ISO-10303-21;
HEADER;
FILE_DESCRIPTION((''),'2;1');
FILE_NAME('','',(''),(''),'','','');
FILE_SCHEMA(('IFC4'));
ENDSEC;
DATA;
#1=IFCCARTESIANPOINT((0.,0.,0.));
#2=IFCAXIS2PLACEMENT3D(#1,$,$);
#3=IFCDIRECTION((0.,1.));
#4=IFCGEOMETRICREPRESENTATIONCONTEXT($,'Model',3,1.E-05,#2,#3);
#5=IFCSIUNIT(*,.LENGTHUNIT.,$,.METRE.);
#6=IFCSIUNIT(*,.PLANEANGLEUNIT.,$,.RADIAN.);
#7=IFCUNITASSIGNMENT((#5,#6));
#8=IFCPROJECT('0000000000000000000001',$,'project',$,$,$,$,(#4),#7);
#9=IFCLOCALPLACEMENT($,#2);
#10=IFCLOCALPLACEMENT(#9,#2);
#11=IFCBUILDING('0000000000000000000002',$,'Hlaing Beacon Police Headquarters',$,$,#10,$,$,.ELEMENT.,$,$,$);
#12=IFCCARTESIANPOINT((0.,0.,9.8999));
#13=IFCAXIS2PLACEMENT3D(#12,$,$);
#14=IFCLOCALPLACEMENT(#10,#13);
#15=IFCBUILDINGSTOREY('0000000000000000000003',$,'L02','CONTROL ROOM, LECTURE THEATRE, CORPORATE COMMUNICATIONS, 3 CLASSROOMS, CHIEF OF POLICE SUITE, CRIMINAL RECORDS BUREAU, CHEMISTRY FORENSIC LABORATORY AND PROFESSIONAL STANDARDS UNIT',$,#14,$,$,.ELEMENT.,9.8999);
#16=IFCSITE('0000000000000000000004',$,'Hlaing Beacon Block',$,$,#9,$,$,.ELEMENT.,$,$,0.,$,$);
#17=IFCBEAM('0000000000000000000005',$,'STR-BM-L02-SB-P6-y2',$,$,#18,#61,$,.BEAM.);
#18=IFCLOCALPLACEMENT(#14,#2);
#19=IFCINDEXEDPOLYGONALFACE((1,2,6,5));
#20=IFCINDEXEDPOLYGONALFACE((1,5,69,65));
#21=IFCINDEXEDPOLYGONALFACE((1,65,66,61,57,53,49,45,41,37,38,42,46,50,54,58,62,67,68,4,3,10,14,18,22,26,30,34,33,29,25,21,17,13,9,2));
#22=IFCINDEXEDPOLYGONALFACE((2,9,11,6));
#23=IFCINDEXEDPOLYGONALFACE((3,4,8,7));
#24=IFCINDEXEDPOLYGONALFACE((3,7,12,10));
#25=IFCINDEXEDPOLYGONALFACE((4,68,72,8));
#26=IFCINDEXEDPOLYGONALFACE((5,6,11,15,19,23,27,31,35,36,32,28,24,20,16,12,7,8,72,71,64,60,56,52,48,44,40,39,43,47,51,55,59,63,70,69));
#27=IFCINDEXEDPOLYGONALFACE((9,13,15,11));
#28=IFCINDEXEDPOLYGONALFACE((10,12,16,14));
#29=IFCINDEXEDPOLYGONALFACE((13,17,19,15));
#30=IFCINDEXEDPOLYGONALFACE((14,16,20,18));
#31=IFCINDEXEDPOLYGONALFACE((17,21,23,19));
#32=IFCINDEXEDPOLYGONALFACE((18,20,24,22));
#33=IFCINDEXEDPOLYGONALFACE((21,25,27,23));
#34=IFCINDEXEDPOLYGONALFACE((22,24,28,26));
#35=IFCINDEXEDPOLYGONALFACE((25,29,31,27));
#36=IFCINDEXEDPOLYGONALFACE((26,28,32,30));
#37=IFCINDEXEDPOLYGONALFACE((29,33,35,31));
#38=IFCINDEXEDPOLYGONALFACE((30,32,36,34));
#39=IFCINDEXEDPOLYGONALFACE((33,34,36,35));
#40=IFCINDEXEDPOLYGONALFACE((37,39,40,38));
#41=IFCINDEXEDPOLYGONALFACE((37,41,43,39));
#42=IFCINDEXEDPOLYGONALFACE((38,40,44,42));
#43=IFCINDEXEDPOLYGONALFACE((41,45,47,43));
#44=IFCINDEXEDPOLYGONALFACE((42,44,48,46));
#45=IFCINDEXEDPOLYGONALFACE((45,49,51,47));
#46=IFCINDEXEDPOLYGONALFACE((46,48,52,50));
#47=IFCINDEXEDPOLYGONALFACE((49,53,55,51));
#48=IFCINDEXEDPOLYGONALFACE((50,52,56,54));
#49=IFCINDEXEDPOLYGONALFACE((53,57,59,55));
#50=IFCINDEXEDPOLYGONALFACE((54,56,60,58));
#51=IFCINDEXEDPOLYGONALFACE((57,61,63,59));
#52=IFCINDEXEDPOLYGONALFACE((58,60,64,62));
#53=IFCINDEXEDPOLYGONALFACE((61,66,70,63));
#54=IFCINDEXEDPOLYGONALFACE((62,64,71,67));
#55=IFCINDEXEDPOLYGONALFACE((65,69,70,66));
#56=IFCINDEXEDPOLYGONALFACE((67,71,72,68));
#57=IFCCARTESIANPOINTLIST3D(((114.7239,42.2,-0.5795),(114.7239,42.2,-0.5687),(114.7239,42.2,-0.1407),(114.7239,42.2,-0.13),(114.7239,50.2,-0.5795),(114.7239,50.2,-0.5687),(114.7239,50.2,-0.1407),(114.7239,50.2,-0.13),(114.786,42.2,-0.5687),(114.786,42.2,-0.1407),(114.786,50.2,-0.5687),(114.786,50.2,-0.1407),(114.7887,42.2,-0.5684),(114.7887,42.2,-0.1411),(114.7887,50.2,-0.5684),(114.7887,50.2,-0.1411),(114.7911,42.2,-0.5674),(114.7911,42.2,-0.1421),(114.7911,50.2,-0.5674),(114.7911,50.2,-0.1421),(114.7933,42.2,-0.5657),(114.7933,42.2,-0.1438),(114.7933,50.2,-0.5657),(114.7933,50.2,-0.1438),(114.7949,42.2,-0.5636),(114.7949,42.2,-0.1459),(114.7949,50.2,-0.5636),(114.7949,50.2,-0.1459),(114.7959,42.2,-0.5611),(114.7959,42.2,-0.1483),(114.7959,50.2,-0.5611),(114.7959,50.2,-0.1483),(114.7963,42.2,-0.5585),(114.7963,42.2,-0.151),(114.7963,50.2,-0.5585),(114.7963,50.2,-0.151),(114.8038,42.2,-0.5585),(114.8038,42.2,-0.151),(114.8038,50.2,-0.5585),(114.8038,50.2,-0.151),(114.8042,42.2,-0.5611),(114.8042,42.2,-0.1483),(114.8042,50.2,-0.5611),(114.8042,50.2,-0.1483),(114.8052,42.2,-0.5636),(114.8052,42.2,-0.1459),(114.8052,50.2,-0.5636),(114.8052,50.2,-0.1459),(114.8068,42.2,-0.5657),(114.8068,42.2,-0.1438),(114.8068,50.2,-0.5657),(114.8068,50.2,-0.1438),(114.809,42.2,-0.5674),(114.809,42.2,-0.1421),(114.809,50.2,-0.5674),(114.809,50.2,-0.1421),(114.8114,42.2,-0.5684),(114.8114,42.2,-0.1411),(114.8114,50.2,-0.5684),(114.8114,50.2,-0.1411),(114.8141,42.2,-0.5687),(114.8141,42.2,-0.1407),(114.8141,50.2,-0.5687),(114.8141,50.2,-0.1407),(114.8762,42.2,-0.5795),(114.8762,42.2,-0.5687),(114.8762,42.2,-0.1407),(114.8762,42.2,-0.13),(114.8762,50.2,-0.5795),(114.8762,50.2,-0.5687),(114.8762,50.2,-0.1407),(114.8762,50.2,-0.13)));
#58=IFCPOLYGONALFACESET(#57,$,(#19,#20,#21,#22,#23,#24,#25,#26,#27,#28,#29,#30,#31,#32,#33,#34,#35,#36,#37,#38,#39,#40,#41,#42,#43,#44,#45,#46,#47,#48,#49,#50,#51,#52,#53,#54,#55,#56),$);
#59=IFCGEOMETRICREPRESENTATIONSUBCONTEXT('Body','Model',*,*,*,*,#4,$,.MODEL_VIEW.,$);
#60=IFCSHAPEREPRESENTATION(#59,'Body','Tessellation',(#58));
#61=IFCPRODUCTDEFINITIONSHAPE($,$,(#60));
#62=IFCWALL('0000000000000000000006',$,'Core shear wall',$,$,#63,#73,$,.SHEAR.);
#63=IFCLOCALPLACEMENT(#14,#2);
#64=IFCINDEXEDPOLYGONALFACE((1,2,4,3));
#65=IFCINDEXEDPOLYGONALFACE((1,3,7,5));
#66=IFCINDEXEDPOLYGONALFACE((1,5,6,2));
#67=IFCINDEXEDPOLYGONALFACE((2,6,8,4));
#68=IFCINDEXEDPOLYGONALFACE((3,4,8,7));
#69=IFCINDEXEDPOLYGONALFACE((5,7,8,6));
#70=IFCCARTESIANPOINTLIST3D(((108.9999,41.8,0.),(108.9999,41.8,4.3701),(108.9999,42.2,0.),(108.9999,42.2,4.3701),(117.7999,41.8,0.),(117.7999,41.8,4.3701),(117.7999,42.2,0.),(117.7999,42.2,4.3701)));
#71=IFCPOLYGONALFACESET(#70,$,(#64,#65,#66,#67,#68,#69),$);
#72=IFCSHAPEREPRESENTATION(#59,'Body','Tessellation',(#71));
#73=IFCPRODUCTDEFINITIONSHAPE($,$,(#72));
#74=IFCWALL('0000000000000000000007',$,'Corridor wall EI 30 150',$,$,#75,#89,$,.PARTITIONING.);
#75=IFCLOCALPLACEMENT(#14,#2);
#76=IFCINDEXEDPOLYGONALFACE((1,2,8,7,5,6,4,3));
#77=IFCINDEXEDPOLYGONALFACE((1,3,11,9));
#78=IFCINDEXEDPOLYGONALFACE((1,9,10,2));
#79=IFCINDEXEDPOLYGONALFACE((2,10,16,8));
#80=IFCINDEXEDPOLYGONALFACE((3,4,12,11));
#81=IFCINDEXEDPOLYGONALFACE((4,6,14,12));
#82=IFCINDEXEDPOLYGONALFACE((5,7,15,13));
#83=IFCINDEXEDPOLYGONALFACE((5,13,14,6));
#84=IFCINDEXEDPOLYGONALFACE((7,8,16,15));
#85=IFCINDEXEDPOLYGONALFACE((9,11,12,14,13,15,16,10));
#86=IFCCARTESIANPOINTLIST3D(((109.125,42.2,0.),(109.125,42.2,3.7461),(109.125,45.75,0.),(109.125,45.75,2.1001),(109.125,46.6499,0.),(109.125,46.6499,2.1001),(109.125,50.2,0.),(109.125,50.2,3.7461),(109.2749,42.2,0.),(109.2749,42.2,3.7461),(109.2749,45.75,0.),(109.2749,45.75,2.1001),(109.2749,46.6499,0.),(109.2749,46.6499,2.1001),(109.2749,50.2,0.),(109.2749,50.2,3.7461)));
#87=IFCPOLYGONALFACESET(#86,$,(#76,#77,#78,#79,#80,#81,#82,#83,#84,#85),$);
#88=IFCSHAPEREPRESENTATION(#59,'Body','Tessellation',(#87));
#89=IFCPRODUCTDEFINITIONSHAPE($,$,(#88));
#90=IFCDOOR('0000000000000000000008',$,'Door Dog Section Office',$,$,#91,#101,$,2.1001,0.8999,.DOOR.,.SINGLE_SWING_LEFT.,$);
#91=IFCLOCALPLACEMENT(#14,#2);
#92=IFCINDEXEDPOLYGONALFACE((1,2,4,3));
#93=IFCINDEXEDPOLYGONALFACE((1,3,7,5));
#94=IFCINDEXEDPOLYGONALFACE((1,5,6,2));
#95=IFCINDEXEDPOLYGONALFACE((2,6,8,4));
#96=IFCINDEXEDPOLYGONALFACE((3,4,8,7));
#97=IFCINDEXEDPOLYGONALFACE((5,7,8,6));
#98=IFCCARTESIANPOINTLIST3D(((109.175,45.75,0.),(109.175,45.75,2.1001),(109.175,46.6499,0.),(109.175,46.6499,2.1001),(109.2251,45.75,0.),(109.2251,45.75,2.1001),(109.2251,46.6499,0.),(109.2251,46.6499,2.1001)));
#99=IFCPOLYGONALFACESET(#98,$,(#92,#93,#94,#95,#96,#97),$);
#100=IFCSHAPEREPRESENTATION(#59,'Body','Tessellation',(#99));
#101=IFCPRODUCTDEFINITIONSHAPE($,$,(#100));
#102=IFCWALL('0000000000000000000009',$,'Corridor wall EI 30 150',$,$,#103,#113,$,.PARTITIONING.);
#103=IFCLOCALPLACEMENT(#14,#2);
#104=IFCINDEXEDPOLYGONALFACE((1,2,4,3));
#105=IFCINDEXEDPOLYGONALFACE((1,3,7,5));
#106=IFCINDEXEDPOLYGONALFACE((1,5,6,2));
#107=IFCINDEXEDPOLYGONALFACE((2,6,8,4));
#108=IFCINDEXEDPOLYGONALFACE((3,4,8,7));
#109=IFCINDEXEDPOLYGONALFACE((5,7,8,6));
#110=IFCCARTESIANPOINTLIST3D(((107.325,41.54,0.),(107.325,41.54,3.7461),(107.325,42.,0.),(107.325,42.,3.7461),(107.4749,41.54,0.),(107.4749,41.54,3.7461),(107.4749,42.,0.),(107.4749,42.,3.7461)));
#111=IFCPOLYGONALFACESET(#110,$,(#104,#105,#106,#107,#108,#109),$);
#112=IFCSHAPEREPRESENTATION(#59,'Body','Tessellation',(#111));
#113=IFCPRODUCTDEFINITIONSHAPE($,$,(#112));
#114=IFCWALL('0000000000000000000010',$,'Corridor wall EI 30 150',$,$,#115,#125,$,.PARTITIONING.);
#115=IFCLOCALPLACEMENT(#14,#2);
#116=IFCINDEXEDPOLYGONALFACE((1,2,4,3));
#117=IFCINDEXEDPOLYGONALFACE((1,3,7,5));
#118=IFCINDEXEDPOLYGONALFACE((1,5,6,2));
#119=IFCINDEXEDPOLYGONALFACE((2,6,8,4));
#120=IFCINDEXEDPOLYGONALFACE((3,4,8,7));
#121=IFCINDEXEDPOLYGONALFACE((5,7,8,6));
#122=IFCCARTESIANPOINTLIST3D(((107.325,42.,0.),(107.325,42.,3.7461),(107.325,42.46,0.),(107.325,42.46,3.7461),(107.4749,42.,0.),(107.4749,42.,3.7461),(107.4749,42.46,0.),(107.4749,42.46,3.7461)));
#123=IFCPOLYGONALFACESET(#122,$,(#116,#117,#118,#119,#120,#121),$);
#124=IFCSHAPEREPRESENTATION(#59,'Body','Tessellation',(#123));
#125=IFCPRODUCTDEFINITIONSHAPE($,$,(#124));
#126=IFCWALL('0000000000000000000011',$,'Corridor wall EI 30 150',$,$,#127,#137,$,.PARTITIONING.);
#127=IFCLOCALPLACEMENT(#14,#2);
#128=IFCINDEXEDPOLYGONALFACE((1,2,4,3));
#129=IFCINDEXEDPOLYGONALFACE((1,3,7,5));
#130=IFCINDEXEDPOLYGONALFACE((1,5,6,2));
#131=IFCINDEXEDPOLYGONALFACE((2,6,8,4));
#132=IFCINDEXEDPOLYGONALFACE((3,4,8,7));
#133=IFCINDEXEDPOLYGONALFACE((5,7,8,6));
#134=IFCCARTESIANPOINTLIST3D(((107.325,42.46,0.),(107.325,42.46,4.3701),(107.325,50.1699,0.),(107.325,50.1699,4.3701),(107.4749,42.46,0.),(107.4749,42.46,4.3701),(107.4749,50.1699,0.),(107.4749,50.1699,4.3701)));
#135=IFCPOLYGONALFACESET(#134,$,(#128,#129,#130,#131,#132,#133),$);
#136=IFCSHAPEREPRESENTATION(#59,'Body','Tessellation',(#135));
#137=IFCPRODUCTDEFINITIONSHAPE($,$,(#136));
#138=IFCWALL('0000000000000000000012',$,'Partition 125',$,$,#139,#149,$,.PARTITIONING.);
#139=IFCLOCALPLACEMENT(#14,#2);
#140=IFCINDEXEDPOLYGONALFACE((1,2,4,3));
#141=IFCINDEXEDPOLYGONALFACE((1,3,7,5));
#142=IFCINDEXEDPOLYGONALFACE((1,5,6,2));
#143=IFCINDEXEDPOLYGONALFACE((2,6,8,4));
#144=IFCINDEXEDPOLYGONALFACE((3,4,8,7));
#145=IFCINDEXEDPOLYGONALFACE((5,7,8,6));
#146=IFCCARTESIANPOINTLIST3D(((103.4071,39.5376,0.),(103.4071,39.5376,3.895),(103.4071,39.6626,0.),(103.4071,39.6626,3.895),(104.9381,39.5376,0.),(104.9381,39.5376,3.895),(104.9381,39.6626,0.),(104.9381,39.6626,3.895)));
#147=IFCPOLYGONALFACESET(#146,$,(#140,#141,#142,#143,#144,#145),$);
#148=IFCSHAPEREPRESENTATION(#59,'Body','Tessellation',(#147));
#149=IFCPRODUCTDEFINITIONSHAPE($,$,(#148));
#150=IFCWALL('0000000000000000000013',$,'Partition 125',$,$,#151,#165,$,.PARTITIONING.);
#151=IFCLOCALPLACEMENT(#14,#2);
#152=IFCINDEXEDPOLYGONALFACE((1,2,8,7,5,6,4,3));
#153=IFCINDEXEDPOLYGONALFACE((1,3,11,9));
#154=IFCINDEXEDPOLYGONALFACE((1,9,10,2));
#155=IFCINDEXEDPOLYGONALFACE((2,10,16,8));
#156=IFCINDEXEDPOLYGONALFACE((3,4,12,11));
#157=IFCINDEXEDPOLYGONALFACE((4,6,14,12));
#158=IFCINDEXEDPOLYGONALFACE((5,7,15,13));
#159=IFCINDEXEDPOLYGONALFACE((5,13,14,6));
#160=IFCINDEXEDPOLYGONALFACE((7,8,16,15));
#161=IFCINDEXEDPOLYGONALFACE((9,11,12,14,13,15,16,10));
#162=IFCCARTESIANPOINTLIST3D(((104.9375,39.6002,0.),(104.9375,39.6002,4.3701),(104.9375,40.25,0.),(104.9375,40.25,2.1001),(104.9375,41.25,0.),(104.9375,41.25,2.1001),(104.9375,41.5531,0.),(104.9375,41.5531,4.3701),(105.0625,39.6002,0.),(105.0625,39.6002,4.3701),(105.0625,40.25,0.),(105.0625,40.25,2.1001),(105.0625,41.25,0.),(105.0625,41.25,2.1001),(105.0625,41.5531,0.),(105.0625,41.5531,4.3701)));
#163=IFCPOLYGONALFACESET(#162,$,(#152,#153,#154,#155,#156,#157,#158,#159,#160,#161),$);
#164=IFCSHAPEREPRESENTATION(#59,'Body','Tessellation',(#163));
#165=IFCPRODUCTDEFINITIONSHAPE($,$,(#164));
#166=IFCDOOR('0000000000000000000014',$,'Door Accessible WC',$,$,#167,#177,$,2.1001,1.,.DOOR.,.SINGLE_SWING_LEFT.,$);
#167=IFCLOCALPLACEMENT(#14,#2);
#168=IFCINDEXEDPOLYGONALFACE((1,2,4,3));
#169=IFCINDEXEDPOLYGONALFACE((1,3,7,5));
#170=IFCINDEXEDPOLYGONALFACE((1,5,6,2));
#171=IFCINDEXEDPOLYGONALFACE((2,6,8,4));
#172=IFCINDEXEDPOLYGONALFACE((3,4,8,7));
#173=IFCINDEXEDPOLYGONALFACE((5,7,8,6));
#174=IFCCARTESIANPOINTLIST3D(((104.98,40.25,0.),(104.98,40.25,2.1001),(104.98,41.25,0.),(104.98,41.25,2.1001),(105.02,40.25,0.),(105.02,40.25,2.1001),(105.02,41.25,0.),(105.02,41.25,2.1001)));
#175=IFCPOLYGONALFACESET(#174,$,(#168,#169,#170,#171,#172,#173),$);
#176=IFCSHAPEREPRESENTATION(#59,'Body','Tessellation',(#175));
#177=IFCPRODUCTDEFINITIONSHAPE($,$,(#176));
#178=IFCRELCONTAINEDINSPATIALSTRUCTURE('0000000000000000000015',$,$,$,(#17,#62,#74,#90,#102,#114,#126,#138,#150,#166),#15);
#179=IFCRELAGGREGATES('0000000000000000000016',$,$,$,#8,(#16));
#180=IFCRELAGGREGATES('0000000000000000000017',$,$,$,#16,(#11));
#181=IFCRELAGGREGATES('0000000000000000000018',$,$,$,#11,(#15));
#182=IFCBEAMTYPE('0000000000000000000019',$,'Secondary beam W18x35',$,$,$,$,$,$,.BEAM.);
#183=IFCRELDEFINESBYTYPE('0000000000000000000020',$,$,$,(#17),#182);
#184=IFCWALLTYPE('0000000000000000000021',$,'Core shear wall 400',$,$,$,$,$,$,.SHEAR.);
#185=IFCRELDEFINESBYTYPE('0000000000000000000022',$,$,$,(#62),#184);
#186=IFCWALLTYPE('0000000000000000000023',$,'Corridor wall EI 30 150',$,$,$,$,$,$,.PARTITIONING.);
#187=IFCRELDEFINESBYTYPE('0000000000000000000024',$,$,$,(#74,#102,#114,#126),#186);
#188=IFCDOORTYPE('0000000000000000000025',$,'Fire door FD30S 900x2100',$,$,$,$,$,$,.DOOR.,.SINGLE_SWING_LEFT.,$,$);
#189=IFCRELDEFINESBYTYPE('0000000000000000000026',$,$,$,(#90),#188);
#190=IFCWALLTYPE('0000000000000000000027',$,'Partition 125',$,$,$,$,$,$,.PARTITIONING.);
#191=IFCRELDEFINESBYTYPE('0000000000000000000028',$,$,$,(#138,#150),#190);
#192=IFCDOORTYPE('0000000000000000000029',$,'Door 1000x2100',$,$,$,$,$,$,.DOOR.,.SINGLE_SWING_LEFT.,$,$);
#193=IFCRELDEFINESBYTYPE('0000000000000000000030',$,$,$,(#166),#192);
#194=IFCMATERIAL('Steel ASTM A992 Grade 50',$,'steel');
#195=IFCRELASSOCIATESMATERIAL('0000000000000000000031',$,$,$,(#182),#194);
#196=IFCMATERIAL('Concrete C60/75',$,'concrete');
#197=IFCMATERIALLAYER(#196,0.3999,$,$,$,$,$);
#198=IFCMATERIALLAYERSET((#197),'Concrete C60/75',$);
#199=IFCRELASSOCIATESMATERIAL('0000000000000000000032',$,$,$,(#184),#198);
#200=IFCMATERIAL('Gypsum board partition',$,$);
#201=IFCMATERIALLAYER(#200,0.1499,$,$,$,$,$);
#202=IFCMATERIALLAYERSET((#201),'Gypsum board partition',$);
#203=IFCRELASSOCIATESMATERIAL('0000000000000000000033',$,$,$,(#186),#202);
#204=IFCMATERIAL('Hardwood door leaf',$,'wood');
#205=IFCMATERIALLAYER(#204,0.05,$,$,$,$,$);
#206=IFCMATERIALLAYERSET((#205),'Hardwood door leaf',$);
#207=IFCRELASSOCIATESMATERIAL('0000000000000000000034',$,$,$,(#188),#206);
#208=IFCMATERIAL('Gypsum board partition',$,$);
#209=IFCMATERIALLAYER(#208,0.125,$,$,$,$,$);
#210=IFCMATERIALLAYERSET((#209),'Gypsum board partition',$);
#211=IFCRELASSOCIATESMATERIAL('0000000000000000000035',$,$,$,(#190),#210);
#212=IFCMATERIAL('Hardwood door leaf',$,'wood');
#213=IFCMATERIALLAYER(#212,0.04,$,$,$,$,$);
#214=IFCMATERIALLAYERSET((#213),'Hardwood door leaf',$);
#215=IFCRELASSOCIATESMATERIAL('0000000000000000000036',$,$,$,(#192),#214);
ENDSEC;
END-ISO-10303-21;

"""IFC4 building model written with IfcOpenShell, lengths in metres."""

from ifc_helpers import new_model, si_unit, direction, frame, frame_2d, origin, origin_2d, place, context, subcontext, project, spatial, rectangle, i_section, extrude, material, layer, layer_set, material_profile, profile_set, type_object, element, fill, save


model = new_model("IFC4")

# Units and contexts
model_context = context("Model", 3, precision=1e-05, world=origin(), true_north=direction((0.0, 1.0)))
body_context = subcontext(model_context, "Body", "Model", "MODEL_VIEW")
ifc_project = project(units=[si_unit("LENGTHUNIT", "METRE"), si_unit("PLANEANGLEUNIT", "RADIAN")], contexts=[model_context])

# Site, building, storey
site_placement = place(None, origin())
site = spatial("IfcSite", under=ifc_project, at=site_placement, Name="Hlaing Beacon Block", CompositionType="ELEMENT", RefElevation=0.0)
building_placement = place(site_placement, origin())
building = spatial("IfcBuilding", under=site, at=building_placement, Name="Hlaing Beacon Police Headquarters", CompositionType="ELEMENT")
storey_placement = place(building_placement, frame((0.0, 0.0, 9.8999)))
storey = spatial("IfcBuildingStorey", under=building, at=storey_placement, Name="L02", Description="CONTROL ROOM, LECTURE THEATRE, CORPORATE COMMUNICATIONS, 3 CLASSROOMS, CHIEF OF POLICE SUITE, CRIMINAL RECORDS BUREAU, CHEMISTRY FORENSIC LABORATORY AND PROFESSIONAL STANDARDS UNIT", CompositionType="ELEMENT", Elevation=9.8999)

# Beam
ifc_material_1 = material(Name="Steel ASTM A992 Grade 50", Category="steel")
ifc_material_profile_1 = material_profile(ifc_material_1, i_section(OverallWidth=0.1523, OverallDepth=0.4495, WebThickness=0.0076, FlangeThickness=0.0107, FilletRadius=0.0103, at=origin_2d()), Name="W18x35")
ifc_profile_set_1 = profile_set([ifc_material_profile_1], Name="Steel ASTM A992 Grade 50")
beam_type_1 = type_object("IfcBeamType", Name="Secondary beam W18x35", PredefinedType="BEAM", material=ifc_profile_set_1)
for number, where, z_axis, x_axis, name in (
    (1, (114.8, 42.2, -0.3547), (0.0, 1.0, 0.0), (-1.0, 0.0, 0.0), "STR-BM-L02-SB-P6-y2"),
):
    element("IfcBeam", number, at=place(storey_placement, frame(where, z_axis=z_axis, x_axis=x_axis)), inside=storey, type_object=beam_type_1, Name=name, PredefinedType="BEAM", context=body_context, shape_type="SweptSolid", body=[
        extrude(i_section(OverallWidth=0.1523, OverallDepth=0.4495, WebThickness=0.0076, FlangeThickness=0.0107, FilletRadius=0.0103, at=origin_2d()), origin(), (0.0, 0.0, 1.0), 8.0),
    ])

# Wall
ifc_material_2 = material(Name="Concrete C60/75", Category="concrete")
ifc_layer_1 = layer(ifc_material_2, 0.3999)
ifc_layer_set_1 = layer_set([ifc_layer_1], Name="Concrete C60/75")
wall_type_1 = type_object("IfcWallType", Name="Core shear wall 400", PredefinedType="SHEAR", material=ifc_layer_set_1)
wall_1_placement = place(storey_placement, frame((109.0, 42.0, 0.0), z_axis=(0.0, 0.0, 1.0), x_axis=(1.0, 0.0, 0.0)))
element("IfcWall", 2, at=wall_1_placement, inside=storey, type_object=wall_type_1, Name="Core shear wall", PredefinedType="SHEAR", context=body_context, shape_type="SweptSolid", body=[
    extrude(rectangle(XDim=8.8, YDim=0.3999, at=frame_2d((4.3999, 0.0))), origin(), (0.0, 0.0, 1.0), 4.3701),
])

# Wall, opening, door
ifc_material_3 = material(Name="Gypsum board partition")
ifc_layer_2 = layer(ifc_material_3, 0.1499)
ifc_layer_set_2 = layer_set([ifc_layer_2], Name="Gypsum board partition")
wall_type_2 = type_object("IfcWallType", Name="Corridor wall EI 30 150", PredefinedType="PARTITIONING", material=ifc_layer_set_2)
wall_2_placement = place(storey_placement, frame((109.2, 42.2, 0.0), z_axis=(0.0, 0.0, 1.0), x_axis=(0.0, 1.0, 0.0)))
wall_2 = element("IfcWall", 3, at=wall_2_placement, inside=storey, type_object=wall_type_2, Name="Corridor wall EI 30 150", PredefinedType="PARTITIONING", context=body_context, shape_type="SweptSolid", body=[
    extrude(rectangle(XDim=8.0, YDim=0.1499, at=frame_2d((4.0, 0.0))), origin(), (0.0, 0.0, 1.0), 3.7461),
])
opening_1_placement = place(wall_2_placement, frame((3.55, 0.0, 0.0)))
opening_1 = element("IfcOpeningElement", 4, at=opening_1_placement, cuts=wall_2, PredefinedType="OPENING", context=body_context, shape_type="SweptSolid", body=[
    extrude(rectangle(XDim=0.8999, YDim=2.1001, at=frame_2d((0.45, 1.05))), frame((0.0, 0.085, 0.0), z_axis=(0.0, -1.0, 0.0), x_axis=(1.0, 0.0, 0.0)), (0.0, 0.0, 1.0), 0.1699),
])
ifc_material_4 = material(Name="Hardwood door leaf", Category="wood")
ifc_layer_3 = layer(ifc_material_4, 0.05)
ifc_layer_set_3 = layer_set([ifc_layer_3], Name="Hardwood door leaf")
door_type_1 = type_object("IfcDoorType", Name="Fire door FD30S 900x2100", OperationType="SINGLE_SWING_LEFT", PredefinedType="DOOR", material=ifc_layer_set_3)
door_1_placement = place(opening_1_placement, frame((0.8999, 0.0, 0.0), z_axis=(0.0, 0.0, 1.0), x_axis=(-1.0, 0.0, 0.0)))
door_1 = element("IfcDoor", 5, at=door_1_placement, inside=storey, type_object=door_type_1, Name="Door Dog Section Office", OperationType="SINGLE_SWING_LEFT", OverallHeight=2.1001, OverallWidth=0.8999, PredefinedType="DOOR", context=body_context, shape_type="SweptSolid", body=[
    extrude(rectangle(XDim=0.8999, YDim=2.1001, at=frame_2d((0.45, 1.05))), frame((0.0, 0.0251, 0.0), z_axis=(0.0, -1.0, 0.0), x_axis=(1.0, 0.0, 0.0)), (0.0, 0.0, 1.0), 0.05),
])
fill(opening_1, door_1)

# Walls
for number, where, z_axis, x_axis, name in (
    (6, (107.3999, 41.54, 0.0), (0.0, 0.0, 1.0), (0.0, 1.0, 0.0), "Corridor wall EI 30 150"),
    (7, (107.3999, 42.0, 0.0), (0.0, 0.0, 1.0), (0.0, 1.0, 0.0), "Corridor wall EI 30 150"),
):
    element("IfcWall", number, at=place(storey_placement, frame(where, z_axis=z_axis, x_axis=x_axis)), inside=storey, type_object=wall_type_2, Name=name, PredefinedType="PARTITIONING", context=body_context, shape_type="SweptSolid", body=[
        extrude(rectangle(XDim=0.46, YDim=0.1499, at=frame_2d((0.23, 0.0))), origin(), (0.0, 0.0, 1.0), 3.7461),
    ])
wall_3_placement = place(storey_placement, frame((107.3999, 42.46, 0.0), z_axis=(0.0, 0.0, 1.0), x_axis=(0.0, 1.0, 0.0)))
element("IfcWall", 8, at=wall_3_placement, inside=storey, type_object=wall_type_2, Name="Corridor wall EI 30 150", PredefinedType="PARTITIONING", context=body_context, shape_type="SweptSolid", body=[
    extrude(rectangle(XDim=7.71, YDim=0.1499, at=frame_2d((3.855, 0.0))), origin(), (0.0, 0.0, 1.0), 4.3701),
])
ifc_material_5 = material(Name="Gypsum board partition")
ifc_layer_4 = layer(ifc_material_5, 0.125)
ifc_layer_set_4 = layer_set([ifc_layer_4], Name="Gypsum board partition")
wall_type_3 = type_object("IfcWallType", Name="Partition 125", PredefinedType="PARTITIONING", material=ifc_layer_set_4)
wall_4_placement = place(storey_placement, frame((103.407, 39.6001, 0.0), z_axis=(0.0, 0.0, 1.0), x_axis=(1.0, 0.0, 0.0)))
element("IfcWall", 9, at=wall_4_placement, inside=storey, type_object=wall_type_3, Name="Partition 125", PredefinedType="PARTITIONING", context=body_context, shape_type="SweptSolid", body=[
    extrude(rectangle(XDim=1.531, YDim=0.125, at=frame_2d((0.7656, 0.0))), origin(), (0.0, 0.0, 1.0), 3.895),
])

# Wall, opening, door
wall_5_placement = place(storey_placement, frame((105.0, 39.6001, 0.0), z_axis=(0.0, 0.0, 1.0), x_axis=(0.0, 1.0, 0.0)))
wall_5 = element("IfcWall", 10, at=wall_5_placement, inside=storey, type_object=wall_type_3, Name="Partition 125", PredefinedType="PARTITIONING", context=body_context, shape_type="SweptSolid", body=[
    extrude(rectangle(XDim=1.9529, YDim=0.125, at=frame_2d((0.9766, 0.0))), origin(), (0.0, 0.0, 1.0), 4.3701),
])
opening_2_placement = place(wall_5_placement, frame((0.6499, 0.0, 0.0)))
opening_2 = element("IfcOpeningElement", 11, at=opening_2_placement, cuts=wall_5, PredefinedType="OPENING", context=body_context, shape_type="SweptSolid", body=[
    extrude(rectangle(XDim=1.0, YDim=2.1001, at=frame_2d((0.5, 1.05))), frame((0.0, 0.0725, 0.0), z_axis=(0.0, -1.0, 0.0), x_axis=(1.0, 0.0, 0.0)), (0.0, 0.0, 1.0), 0.145),
])
ifc_material_6 = material(Name="Hardwood door leaf", Category="wood")
ifc_layer_5 = layer(ifc_material_6, 0.04)
ifc_layer_set_5 = layer_set([ifc_layer_5], Name="Hardwood door leaf")
door_type_2 = type_object("IfcDoorType", Name="Door 1000x2100", OperationType="SINGLE_SWING_LEFT", PredefinedType="DOOR", material=ifc_layer_set_5)
door_2_placement = place(opening_2_placement, origin())
door_2 = element("IfcDoor", 12, at=door_2_placement, inside=storey, type_object=door_type_2, Name="Door Accessible WC", OperationType="SINGLE_SWING_LEFT", OverallHeight=2.1001, OverallWidth=1.0, PredefinedType="DOOR", context=body_context, shape_type="SweptSolid", body=[
    extrude(rectangle(XDim=1.0, YDim=2.1001, at=frame_2d((0.5, 1.05))), frame((0.0, 0.02, 0.0), z_axis=(0.0, -1.0, 0.0), x_axis=(1.0, 0.0, 0.0)), (0.0, 0.0, 1.0), 0.04),
])
fill(opening_2, door_2)

save(model, "model.ifc")
